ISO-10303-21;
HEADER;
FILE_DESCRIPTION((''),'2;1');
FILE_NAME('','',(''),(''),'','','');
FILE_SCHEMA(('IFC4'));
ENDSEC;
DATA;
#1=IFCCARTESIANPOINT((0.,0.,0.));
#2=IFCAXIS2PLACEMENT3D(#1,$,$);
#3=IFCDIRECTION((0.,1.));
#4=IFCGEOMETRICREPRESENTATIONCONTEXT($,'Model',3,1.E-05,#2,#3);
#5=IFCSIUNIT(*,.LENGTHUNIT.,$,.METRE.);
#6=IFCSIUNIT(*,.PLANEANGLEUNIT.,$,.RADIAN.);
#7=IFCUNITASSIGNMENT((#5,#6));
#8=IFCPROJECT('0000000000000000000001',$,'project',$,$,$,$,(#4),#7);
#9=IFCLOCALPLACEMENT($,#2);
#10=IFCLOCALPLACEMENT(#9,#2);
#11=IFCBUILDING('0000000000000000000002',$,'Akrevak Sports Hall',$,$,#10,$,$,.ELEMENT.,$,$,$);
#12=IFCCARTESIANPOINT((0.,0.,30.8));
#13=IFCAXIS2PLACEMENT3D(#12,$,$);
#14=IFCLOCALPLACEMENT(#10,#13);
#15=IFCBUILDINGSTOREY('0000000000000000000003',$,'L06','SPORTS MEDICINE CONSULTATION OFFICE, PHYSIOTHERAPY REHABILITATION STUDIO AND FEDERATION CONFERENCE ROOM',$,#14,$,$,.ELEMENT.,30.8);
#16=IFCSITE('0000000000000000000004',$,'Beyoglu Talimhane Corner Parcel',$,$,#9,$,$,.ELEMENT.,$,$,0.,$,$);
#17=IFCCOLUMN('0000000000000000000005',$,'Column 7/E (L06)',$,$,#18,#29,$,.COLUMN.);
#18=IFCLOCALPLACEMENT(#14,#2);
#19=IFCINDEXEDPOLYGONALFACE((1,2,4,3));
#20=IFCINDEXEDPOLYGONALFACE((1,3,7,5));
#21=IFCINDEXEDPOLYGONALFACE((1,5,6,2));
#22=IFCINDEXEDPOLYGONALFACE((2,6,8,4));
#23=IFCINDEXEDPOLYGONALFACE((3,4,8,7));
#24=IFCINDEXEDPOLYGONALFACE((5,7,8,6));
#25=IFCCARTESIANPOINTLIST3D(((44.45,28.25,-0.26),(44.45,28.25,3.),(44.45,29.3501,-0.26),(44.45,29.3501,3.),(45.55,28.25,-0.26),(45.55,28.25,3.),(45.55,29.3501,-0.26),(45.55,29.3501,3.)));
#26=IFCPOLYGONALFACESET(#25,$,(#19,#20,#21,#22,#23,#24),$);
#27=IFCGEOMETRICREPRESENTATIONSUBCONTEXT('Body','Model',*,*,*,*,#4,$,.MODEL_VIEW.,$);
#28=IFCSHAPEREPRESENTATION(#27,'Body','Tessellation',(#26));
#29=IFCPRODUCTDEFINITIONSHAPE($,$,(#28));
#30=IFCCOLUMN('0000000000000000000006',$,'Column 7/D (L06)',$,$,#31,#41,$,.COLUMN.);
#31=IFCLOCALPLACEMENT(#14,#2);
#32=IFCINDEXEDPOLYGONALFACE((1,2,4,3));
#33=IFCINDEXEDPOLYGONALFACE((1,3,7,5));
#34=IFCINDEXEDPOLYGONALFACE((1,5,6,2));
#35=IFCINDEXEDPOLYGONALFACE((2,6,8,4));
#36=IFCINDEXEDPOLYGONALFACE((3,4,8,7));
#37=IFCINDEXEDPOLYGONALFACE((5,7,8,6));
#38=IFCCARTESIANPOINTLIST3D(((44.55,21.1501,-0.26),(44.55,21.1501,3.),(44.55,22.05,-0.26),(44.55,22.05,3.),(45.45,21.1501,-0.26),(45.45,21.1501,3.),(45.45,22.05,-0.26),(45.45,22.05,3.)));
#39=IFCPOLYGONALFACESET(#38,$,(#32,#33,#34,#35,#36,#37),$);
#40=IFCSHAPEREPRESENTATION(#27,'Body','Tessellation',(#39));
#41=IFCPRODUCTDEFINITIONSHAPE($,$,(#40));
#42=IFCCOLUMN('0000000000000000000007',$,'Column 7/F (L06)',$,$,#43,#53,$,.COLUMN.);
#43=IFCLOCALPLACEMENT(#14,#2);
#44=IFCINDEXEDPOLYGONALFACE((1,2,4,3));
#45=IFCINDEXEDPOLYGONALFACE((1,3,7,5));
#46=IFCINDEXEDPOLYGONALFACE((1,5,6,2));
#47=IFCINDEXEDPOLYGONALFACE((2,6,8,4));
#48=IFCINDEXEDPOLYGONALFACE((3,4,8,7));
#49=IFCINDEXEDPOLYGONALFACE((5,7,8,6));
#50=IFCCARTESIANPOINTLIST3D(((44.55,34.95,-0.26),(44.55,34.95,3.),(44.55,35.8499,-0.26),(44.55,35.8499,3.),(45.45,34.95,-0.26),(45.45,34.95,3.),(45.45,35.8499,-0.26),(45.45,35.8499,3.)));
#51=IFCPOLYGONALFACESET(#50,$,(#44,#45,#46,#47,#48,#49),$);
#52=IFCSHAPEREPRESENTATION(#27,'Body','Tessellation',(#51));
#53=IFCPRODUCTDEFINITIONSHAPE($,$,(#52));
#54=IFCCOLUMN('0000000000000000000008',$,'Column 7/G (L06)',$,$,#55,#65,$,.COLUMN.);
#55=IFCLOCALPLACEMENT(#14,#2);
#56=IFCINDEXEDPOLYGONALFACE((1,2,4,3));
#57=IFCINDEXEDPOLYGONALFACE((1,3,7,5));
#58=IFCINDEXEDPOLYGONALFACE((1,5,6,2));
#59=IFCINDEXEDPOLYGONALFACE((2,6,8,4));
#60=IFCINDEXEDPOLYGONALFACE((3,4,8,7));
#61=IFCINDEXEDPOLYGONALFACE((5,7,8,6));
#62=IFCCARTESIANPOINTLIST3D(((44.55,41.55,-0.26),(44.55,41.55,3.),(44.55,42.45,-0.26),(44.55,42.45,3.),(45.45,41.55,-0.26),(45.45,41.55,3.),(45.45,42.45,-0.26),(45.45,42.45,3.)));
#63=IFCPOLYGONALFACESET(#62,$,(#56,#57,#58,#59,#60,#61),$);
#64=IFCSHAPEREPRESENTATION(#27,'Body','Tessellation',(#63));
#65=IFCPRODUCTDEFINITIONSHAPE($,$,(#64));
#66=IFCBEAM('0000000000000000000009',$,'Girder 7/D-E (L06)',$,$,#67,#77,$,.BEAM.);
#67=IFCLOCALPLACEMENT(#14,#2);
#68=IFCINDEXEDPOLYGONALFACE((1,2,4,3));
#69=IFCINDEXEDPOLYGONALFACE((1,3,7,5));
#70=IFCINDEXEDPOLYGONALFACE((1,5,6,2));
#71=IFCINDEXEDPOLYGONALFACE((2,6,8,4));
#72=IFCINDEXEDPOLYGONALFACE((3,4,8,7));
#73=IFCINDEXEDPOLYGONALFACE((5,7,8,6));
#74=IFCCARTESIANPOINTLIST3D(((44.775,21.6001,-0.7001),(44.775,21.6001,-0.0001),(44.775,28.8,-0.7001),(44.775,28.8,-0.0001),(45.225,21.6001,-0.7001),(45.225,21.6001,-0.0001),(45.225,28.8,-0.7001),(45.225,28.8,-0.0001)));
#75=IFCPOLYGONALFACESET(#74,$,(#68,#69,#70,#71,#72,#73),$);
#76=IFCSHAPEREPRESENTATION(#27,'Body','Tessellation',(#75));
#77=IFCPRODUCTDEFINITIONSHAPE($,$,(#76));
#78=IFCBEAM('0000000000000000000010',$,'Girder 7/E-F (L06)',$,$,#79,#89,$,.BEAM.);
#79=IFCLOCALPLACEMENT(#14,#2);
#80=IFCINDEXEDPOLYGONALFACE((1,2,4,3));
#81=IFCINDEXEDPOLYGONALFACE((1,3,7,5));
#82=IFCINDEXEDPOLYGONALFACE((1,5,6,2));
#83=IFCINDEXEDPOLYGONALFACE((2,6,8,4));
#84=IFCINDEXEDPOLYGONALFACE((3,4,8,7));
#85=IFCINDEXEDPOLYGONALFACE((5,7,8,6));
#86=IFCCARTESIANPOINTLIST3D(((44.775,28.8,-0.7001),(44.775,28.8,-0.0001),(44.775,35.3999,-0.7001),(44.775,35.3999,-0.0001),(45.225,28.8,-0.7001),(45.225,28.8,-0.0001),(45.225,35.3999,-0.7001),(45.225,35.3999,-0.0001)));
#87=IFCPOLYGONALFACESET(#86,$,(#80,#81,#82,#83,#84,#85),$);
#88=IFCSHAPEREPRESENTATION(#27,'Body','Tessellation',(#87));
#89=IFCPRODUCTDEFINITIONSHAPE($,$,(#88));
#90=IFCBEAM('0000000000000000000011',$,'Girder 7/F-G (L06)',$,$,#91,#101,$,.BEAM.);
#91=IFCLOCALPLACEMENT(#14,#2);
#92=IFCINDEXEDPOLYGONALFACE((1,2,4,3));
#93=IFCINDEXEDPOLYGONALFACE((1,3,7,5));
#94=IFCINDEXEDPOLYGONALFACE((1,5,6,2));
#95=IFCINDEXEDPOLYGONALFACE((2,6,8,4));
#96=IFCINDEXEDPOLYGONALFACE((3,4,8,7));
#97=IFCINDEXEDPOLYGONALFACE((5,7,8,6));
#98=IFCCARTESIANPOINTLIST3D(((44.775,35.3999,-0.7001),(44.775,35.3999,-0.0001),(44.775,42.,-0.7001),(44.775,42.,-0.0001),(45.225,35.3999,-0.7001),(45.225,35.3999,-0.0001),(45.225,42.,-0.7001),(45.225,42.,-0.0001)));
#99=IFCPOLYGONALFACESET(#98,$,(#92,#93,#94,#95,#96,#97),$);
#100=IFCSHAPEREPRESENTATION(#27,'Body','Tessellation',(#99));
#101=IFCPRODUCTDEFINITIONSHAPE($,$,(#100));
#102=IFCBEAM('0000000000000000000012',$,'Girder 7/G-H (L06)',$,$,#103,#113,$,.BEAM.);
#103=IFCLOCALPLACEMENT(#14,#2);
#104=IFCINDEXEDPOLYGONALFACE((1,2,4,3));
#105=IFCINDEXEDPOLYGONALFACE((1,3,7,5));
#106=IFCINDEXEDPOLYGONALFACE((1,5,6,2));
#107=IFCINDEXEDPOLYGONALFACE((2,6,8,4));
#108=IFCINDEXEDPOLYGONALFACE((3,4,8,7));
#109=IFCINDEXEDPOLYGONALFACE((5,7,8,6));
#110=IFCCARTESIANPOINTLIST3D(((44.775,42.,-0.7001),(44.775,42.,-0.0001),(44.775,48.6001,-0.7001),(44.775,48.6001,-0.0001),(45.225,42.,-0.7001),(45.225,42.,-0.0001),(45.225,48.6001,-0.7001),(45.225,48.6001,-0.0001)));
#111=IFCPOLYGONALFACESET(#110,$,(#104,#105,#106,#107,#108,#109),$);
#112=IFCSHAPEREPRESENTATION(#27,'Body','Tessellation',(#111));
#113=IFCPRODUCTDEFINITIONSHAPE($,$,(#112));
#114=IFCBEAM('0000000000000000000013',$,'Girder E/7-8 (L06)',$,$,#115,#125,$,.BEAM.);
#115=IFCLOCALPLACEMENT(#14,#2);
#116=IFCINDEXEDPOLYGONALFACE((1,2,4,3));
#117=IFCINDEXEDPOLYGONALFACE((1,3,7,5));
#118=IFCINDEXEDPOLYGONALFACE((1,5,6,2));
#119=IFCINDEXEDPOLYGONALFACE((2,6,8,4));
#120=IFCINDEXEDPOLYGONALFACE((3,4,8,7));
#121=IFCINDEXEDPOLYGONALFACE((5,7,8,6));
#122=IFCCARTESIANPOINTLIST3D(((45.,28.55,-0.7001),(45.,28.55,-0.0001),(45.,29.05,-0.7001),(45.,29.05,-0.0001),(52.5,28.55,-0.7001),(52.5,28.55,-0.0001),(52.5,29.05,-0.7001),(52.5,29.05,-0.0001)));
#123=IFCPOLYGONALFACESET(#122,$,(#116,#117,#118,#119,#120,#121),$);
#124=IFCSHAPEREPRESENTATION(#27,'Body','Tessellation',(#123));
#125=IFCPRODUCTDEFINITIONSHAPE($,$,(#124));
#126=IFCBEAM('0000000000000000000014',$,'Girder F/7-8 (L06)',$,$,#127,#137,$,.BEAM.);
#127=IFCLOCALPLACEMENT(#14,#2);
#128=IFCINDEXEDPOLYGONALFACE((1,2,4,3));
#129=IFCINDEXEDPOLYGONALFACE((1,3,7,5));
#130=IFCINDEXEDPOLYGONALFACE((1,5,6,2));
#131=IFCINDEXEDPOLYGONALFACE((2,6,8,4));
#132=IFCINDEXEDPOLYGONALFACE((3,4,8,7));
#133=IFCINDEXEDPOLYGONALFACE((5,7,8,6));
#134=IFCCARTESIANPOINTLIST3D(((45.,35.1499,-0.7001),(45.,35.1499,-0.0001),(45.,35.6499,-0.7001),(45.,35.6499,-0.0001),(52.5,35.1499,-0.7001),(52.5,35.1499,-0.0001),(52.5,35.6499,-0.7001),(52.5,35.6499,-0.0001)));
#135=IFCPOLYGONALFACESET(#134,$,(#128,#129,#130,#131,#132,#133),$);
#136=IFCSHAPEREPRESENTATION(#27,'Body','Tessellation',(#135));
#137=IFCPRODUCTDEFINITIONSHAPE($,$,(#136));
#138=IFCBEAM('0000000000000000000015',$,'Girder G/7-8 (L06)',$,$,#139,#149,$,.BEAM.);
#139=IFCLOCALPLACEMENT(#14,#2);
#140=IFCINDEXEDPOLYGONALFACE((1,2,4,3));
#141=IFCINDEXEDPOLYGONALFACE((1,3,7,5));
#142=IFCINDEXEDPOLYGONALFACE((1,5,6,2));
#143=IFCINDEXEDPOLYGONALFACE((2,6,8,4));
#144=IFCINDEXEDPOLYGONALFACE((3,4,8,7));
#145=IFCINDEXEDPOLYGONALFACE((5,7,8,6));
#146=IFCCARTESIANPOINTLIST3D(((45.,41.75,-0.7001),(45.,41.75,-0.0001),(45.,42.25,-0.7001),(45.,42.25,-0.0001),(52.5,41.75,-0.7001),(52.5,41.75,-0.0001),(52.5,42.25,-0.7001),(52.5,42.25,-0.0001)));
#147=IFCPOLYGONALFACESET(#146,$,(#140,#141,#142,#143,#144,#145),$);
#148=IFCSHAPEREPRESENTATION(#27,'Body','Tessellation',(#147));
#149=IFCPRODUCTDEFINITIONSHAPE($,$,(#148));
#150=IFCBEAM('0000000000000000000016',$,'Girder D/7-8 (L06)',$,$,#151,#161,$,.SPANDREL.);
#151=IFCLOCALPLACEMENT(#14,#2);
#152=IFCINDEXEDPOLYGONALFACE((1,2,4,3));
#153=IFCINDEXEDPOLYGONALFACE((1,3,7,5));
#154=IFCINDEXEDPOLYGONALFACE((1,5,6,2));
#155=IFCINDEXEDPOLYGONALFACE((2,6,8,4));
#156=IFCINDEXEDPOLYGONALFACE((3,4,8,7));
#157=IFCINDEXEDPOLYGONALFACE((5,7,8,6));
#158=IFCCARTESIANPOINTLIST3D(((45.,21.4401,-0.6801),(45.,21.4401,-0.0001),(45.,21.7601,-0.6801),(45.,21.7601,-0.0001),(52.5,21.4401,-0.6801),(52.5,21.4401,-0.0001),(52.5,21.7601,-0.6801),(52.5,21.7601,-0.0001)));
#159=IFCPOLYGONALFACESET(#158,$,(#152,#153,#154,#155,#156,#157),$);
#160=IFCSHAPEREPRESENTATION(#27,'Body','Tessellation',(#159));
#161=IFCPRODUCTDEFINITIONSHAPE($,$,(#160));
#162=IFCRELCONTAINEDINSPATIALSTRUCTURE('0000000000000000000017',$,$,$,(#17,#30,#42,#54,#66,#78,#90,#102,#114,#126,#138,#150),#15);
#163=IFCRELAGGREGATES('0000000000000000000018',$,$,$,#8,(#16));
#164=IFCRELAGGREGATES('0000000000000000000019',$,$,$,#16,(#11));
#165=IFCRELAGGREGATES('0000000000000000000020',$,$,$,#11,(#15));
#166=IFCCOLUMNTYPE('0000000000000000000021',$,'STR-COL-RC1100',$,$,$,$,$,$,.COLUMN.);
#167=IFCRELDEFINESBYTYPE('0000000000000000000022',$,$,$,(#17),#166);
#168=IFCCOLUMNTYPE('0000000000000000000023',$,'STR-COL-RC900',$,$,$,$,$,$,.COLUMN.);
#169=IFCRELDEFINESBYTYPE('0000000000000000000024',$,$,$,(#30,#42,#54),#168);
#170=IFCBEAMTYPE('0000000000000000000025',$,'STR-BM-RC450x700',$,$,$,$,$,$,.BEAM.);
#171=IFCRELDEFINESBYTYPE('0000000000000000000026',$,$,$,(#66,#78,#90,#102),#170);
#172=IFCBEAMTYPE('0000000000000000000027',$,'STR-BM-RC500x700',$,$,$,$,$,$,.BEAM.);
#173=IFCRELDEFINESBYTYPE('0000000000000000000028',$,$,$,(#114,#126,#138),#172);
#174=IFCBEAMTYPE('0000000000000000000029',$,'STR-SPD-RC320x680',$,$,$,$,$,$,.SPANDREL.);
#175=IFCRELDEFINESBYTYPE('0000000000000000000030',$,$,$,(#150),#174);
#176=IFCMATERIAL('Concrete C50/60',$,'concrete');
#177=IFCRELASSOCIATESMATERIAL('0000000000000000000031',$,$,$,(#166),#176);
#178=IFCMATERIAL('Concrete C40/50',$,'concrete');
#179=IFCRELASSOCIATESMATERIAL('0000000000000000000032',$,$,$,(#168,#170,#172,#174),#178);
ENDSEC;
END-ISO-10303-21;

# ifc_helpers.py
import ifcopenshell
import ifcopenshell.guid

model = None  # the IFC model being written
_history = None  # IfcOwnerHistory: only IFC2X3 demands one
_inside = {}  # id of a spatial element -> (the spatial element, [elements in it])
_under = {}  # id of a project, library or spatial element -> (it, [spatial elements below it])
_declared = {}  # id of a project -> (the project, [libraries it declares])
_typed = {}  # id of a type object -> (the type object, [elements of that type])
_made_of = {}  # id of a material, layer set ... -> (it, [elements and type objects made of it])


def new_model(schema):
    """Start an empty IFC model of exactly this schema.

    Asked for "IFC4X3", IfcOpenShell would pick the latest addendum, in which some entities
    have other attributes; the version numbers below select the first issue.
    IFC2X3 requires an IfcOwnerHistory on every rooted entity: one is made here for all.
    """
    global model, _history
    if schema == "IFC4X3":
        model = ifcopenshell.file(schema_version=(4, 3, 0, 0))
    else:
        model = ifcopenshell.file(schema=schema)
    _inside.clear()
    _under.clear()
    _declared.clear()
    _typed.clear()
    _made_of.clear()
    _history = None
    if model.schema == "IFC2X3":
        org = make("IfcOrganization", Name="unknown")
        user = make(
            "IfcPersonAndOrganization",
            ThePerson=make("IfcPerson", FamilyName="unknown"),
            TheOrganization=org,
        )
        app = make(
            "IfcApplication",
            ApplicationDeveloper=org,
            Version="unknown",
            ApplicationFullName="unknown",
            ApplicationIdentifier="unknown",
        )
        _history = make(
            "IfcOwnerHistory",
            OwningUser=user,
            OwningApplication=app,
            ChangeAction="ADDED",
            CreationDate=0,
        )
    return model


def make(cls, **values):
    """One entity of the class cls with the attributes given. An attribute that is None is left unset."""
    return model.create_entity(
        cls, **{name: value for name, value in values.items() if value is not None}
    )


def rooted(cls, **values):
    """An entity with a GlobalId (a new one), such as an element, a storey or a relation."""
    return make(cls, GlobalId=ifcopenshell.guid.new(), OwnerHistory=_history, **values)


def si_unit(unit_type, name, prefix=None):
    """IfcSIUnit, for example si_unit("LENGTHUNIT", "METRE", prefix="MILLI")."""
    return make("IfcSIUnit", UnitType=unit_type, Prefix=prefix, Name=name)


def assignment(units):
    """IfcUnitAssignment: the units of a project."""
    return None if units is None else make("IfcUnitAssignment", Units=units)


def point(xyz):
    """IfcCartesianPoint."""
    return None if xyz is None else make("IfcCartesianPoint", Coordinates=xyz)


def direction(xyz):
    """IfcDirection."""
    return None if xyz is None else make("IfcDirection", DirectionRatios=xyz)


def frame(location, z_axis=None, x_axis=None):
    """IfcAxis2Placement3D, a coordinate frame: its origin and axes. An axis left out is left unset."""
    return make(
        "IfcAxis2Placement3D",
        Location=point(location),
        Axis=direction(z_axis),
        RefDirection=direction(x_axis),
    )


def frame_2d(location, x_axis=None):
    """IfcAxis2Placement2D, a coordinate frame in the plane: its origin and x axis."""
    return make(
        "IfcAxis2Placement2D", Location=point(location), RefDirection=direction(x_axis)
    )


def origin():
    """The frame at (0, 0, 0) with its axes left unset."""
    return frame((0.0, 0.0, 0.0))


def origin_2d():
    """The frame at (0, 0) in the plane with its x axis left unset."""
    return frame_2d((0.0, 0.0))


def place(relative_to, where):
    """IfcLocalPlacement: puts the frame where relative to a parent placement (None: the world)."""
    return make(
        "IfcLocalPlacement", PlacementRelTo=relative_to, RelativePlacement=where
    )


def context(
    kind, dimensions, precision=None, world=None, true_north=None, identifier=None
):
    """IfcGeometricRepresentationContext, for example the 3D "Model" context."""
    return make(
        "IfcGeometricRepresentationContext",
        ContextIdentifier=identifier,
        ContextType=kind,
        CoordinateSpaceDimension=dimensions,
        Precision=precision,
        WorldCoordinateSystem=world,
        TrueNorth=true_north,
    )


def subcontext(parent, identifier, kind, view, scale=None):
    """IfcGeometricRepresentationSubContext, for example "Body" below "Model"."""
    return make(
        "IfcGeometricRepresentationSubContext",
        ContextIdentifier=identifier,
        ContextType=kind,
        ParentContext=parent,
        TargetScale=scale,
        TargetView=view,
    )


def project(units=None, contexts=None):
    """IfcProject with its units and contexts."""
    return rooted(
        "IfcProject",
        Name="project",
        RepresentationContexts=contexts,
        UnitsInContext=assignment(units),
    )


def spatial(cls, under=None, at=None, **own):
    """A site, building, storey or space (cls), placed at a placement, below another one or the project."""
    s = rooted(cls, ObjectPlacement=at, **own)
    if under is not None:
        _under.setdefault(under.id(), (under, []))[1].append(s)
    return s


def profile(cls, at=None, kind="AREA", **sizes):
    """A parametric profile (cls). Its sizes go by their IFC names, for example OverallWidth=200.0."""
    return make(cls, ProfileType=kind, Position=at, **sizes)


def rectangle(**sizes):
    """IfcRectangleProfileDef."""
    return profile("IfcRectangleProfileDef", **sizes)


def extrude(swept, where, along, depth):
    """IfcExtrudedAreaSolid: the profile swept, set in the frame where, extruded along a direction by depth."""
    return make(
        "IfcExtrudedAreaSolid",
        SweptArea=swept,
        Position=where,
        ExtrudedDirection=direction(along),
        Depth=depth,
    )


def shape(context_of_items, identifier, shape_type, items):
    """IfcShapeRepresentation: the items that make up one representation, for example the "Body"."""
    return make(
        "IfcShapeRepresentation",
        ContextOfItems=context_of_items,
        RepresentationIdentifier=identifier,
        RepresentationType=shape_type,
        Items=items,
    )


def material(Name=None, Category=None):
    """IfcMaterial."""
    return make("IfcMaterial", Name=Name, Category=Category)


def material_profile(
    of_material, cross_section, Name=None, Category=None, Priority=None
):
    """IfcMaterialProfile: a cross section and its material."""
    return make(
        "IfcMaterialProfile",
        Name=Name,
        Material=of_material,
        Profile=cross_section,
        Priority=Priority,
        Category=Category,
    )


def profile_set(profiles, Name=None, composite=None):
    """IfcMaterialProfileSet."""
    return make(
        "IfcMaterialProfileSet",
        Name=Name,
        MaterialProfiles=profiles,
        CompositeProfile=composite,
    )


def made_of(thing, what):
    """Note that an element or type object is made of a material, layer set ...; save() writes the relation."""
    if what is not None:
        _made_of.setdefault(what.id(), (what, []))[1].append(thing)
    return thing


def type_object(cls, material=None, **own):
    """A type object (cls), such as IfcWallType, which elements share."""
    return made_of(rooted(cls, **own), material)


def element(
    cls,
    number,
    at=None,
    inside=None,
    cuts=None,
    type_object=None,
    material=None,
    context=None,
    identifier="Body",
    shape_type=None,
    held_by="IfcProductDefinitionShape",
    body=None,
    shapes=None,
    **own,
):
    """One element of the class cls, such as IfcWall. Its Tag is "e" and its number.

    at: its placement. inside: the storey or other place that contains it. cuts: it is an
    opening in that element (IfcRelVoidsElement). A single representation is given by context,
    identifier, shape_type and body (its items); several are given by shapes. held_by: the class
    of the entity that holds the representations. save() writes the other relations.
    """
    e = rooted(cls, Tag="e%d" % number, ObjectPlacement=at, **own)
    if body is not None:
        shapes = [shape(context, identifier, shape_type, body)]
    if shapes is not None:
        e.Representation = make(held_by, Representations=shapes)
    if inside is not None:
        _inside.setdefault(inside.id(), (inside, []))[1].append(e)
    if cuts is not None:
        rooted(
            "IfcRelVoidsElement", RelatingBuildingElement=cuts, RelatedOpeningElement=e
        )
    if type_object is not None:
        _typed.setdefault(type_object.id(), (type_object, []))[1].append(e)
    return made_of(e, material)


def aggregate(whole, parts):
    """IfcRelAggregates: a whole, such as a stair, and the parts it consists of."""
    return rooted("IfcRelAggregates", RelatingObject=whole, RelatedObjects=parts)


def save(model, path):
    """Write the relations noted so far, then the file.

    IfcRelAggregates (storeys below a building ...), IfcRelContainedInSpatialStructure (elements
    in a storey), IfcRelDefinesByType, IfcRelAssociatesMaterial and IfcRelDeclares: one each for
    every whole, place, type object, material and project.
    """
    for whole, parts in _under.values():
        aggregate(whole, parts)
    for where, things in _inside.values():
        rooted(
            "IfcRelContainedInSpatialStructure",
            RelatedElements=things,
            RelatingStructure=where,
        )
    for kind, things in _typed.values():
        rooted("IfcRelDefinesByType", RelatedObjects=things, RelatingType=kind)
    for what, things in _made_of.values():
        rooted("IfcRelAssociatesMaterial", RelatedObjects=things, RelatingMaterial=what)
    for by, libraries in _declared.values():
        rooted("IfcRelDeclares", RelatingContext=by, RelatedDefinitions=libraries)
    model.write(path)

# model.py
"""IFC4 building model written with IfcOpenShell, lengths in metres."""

from ifc_helpers import new_model, si_unit, direction, frame, origin, origin_2d, place, context, subcontext, project, spatial, rectangle, extrude, material, material_profile, profile_set, type_object, element, save


model = new_model("IFC4")

# Units and contexts
model_context = context("Model", 3, precision=1e-05, world=origin(), true_north=direction((0.0, 1.0)))
body_context = subcontext(model_context, "Body", "Model", "MODEL_VIEW")
ifc_project = project(units=[si_unit("LENGTHUNIT", "METRE"), si_unit("PLANEANGLEUNIT", "RADIAN")], contexts=[model_context])

# Site, building, storey
site_placement = place(None, origin())
site = spatial("IfcSite", under=ifc_project, at=site_placement, Name="Beyoglu Talimhane Corner Parcel", CompositionType="ELEMENT", RefElevation=0.0)
building_placement = place(site_placement, origin())
building = spatial("IfcBuilding", under=site, at=building_placement, Name="Akrevak Sports Hall", CompositionType="ELEMENT")
storey_placement = place(building_placement, frame((0.0, 0.0, 30.8)))
storey = spatial("IfcBuildingStorey", under=building, at=storey_placement, Name="L06", Description="SPORTS MEDICINE CONSULTATION OFFICE, PHYSIOTHERAPY REHABILITATION STUDIO AND FEDERATION CONFERENCE ROOM", CompositionType="ELEMENT", Elevation=30.8)

# Columns
ifc_material_1 = material(Name="Concrete C50/60", Category="concrete")
ifc_material_profile_1 = material_profile(ifc_material_1, rectangle(XDim=1.1001, YDim=1.1001, at=origin_2d()), Name="RC 1100x1100", Category="concrete")
ifc_profile_set_1 = profile_set([ifc_material_profile_1], Name="Concrete C50/60")
column_type_1 = type_object("IfcColumnType", Name="STR-COL-RC1100", PredefinedType="COLUMN", material=ifc_profile_set_1)
column_placement = place(storey_placement, frame((45.0, 28.8, -0.26), z_axis=(0.0, 0.0, 1.0), x_axis=(1.0, 0.0, 0.0)))
element("IfcColumn", 1, at=column_placement, inside=storey, type_object=column_type_1, Name="Column 7/E (L06)", PredefinedType="COLUMN", context=body_context, shape_type="SweptSolid", body=[
    extrude(rectangle(XDim=1.1001, YDim=1.1001, at=origin_2d()), origin(), (0.0, 0.0, 1.0), 3.26),
])
ifc_material_2 = material(Name="Concrete C40/50", Category="concrete")
ifc_material_profile_2 = material_profile(ifc_material_2, rectangle(XDim=0.8999, YDim=0.8999, at=origin_2d()), Name="RC 900x900", Category="concrete")
ifc_profile_set_2 = profile_set([ifc_material_profile_2], Name="Concrete C40/50")
column_type_2 = type_object("IfcColumnType", Name="STR-COL-RC900", PredefinedType="COLUMN", material=ifc_profile_set_2)
for number, where, z_axis, x_axis, name in (
    (2, (45.0, 21.6001, -0.26), (0.0, 0.0, 1.0), (1.0, 0.0, 0.0), "Column 7/D (L06)"),
    (3, (45.0, 35.3999, -0.26), (0.0, 0.0, 1.0), (1.0, 0.0, 0.0), "Column 7/F (L06)"),
    (4, (45.0, 42.0, -0.26), (0.0, 0.0, 1.0), (1.0, 0.0, 0.0), "Column 7/G (L06)"),
):
    element("IfcColumn", number, at=place(storey_placement, frame(where, z_axis=z_axis, x_axis=x_axis)), inside=storey, type_object=column_type_2, Name=name, PredefinedType="COLUMN", context=body_context, shape_type="SweptSolid", body=[
        extrude(rectangle(XDim=0.8999, YDim=0.8999, at=origin_2d()), origin(), (0.0, 0.0, 1.0), 3.26),
    ])

# Beams
ifc_material_profile_3 = material_profile(ifc_material_2, rectangle(XDim=0.45, YDim=0.7, at=origin_2d()), Name="BM 450x700", Category="concrete")
ifc_profile_set_3 = profile_set([ifc_material_profile_3], Name="Concrete C40/50")
beam_type_1 = type_object("IfcBeamType", Name="STR-BM-RC450x700", PredefinedType="BEAM", material=ifc_profile_set_3)
beam_1_placement = place(storey_placement, frame((45.0, 21.6001, -0.3501), z_axis=(0.0, 1.0, 0.0), x_axis=(-1.0, 0.0, 0.0)))
element("IfcBeam", 5, at=beam_1_placement, inside=storey, type_object=beam_type_1, Name="Girder 7/D-E (L06)", PredefinedType="BEAM", context=body_context, shape_type="SweptSolid", body=[
    extrude(rectangle(XDim=0.45, YDim=0.7, at=origin_2d()), origin(), (0.0, 0.0, 1.0), 7.2),
])
beam_2_placement = place(storey_placement, frame((45.0, 28.8, -0.3501), z_axis=(0.0, 1.0, 0.0), x_axis=(-1.0, 0.0, 0.0)))
element("IfcBeam", 6, at=beam_2_placement, inside=storey, type_object=beam_type_1, Name="Girder 7/E-F (L06)", PredefinedType="BEAM", context=body_context, shape_type="SweptSolid", body=[
    extrude(rectangle(XDim=0.45, YDim=0.7, at=origin_2d()), origin(), (0.0, 0.0, 1.0), 6.5999),
])
for number, where, z_axis, x_axis, name in (
    (7, (45.0, 35.3999, -0.3501), (0.0, 1.0, 0.0), (-1.0, 0.0, 0.0), "Girder 7/F-G (L06)"),
    (8, (45.0, 42.0, -0.3501), (0.0, 1.0, 0.0), (-1.0, 0.0, 0.0), "Girder 7/G-H (L06)"),
):
    element("IfcBeam", number, at=place(storey_placement, frame(where, z_axis=z_axis, x_axis=x_axis)), inside=storey, type_object=beam_type_1, Name=name, PredefinedType="BEAM", context=body_context, shape_type="SweptSolid", body=[
        extrude(rectangle(XDim=0.45, YDim=0.7, at=origin_2d()), origin(), (0.0, 0.0, 1.0), 6.6001),
    ])
ifc_material_profile_4 = material_profile(ifc_material_2, rectangle(XDim=0.5, YDim=0.7, at=origin_2d()), Name="BM 500x700", Category="concrete")
ifc_profile_set_4 = profile_set([ifc_material_profile_4], Name="Concrete C40/50")
beam_type_2 = type_object("IfcBeamType", Name="STR-BM-RC500x700", PredefinedType="BEAM", material=ifc_profile_set_4)
for number, where, z_axis, x_axis, name in (
    (9, (45.0, 28.8, -0.3501), (1.0, 0.0, 0.0), (0.0, 1.0, 0.0), "Girder E/7-8 (L06)"),
    (10, (45.0, 35.3999, -0.3501), (1.0, 0.0, 0.0), (0.0, 1.0, 0.0), "Girder F/7-8 (L06)"),
    (11, (45.0, 42.0, -0.3501), (1.0, 0.0, 0.0), (0.0, 1.0, 0.0), "Girder G/7-8 (L06)"),
):
    element("IfcBeam", number, at=place(storey_placement, frame(where, z_axis=z_axis, x_axis=x_axis)), inside=storey, type_object=beam_type_2, Name=name, PredefinedType="BEAM", context=body_context, shape_type="SweptSolid", body=[
        extrude(rectangle(XDim=0.5, YDim=0.7, at=origin_2d()), origin(), (0.0, 0.0, 1.0), 7.5),
    ])
ifc_material_profile_5 = material_profile(ifc_material_2, rectangle(XDim=0.3201, YDim=0.6799, at=origin_2d()), Name="SPD 320x680", Category="concrete")
ifc_profile_set_5 = profile_set([ifc_material_profile_5], Name="Concrete C40/50")
beam_type_3 = type_object("IfcBeamType", Name="STR-SPD-RC320x680", PredefinedType="SPANDREL", material=ifc_profile_set_5)
beam_3_placement = place(storey_placement, frame((45.0, 21.6001, -0.3401), z_axis=(1.0, 0.0, 0.0), x_axis=(0.0, 1.0, 0.0)))
element("IfcBeam", 12, at=beam_3_placement, inside=storey, type_object=beam_type_3, Name="Girder D/7-8 (L06)", PredefinedType="SPANDREL", context=body_context, shape_type="SweptSolid", body=[
    extrude(rectangle(XDim=0.3201, YDim=0.6799, at=origin_2d()), origin(), (0.0, 0.0, 1.0), 7.5),
])

save(model, "model.ifc")
